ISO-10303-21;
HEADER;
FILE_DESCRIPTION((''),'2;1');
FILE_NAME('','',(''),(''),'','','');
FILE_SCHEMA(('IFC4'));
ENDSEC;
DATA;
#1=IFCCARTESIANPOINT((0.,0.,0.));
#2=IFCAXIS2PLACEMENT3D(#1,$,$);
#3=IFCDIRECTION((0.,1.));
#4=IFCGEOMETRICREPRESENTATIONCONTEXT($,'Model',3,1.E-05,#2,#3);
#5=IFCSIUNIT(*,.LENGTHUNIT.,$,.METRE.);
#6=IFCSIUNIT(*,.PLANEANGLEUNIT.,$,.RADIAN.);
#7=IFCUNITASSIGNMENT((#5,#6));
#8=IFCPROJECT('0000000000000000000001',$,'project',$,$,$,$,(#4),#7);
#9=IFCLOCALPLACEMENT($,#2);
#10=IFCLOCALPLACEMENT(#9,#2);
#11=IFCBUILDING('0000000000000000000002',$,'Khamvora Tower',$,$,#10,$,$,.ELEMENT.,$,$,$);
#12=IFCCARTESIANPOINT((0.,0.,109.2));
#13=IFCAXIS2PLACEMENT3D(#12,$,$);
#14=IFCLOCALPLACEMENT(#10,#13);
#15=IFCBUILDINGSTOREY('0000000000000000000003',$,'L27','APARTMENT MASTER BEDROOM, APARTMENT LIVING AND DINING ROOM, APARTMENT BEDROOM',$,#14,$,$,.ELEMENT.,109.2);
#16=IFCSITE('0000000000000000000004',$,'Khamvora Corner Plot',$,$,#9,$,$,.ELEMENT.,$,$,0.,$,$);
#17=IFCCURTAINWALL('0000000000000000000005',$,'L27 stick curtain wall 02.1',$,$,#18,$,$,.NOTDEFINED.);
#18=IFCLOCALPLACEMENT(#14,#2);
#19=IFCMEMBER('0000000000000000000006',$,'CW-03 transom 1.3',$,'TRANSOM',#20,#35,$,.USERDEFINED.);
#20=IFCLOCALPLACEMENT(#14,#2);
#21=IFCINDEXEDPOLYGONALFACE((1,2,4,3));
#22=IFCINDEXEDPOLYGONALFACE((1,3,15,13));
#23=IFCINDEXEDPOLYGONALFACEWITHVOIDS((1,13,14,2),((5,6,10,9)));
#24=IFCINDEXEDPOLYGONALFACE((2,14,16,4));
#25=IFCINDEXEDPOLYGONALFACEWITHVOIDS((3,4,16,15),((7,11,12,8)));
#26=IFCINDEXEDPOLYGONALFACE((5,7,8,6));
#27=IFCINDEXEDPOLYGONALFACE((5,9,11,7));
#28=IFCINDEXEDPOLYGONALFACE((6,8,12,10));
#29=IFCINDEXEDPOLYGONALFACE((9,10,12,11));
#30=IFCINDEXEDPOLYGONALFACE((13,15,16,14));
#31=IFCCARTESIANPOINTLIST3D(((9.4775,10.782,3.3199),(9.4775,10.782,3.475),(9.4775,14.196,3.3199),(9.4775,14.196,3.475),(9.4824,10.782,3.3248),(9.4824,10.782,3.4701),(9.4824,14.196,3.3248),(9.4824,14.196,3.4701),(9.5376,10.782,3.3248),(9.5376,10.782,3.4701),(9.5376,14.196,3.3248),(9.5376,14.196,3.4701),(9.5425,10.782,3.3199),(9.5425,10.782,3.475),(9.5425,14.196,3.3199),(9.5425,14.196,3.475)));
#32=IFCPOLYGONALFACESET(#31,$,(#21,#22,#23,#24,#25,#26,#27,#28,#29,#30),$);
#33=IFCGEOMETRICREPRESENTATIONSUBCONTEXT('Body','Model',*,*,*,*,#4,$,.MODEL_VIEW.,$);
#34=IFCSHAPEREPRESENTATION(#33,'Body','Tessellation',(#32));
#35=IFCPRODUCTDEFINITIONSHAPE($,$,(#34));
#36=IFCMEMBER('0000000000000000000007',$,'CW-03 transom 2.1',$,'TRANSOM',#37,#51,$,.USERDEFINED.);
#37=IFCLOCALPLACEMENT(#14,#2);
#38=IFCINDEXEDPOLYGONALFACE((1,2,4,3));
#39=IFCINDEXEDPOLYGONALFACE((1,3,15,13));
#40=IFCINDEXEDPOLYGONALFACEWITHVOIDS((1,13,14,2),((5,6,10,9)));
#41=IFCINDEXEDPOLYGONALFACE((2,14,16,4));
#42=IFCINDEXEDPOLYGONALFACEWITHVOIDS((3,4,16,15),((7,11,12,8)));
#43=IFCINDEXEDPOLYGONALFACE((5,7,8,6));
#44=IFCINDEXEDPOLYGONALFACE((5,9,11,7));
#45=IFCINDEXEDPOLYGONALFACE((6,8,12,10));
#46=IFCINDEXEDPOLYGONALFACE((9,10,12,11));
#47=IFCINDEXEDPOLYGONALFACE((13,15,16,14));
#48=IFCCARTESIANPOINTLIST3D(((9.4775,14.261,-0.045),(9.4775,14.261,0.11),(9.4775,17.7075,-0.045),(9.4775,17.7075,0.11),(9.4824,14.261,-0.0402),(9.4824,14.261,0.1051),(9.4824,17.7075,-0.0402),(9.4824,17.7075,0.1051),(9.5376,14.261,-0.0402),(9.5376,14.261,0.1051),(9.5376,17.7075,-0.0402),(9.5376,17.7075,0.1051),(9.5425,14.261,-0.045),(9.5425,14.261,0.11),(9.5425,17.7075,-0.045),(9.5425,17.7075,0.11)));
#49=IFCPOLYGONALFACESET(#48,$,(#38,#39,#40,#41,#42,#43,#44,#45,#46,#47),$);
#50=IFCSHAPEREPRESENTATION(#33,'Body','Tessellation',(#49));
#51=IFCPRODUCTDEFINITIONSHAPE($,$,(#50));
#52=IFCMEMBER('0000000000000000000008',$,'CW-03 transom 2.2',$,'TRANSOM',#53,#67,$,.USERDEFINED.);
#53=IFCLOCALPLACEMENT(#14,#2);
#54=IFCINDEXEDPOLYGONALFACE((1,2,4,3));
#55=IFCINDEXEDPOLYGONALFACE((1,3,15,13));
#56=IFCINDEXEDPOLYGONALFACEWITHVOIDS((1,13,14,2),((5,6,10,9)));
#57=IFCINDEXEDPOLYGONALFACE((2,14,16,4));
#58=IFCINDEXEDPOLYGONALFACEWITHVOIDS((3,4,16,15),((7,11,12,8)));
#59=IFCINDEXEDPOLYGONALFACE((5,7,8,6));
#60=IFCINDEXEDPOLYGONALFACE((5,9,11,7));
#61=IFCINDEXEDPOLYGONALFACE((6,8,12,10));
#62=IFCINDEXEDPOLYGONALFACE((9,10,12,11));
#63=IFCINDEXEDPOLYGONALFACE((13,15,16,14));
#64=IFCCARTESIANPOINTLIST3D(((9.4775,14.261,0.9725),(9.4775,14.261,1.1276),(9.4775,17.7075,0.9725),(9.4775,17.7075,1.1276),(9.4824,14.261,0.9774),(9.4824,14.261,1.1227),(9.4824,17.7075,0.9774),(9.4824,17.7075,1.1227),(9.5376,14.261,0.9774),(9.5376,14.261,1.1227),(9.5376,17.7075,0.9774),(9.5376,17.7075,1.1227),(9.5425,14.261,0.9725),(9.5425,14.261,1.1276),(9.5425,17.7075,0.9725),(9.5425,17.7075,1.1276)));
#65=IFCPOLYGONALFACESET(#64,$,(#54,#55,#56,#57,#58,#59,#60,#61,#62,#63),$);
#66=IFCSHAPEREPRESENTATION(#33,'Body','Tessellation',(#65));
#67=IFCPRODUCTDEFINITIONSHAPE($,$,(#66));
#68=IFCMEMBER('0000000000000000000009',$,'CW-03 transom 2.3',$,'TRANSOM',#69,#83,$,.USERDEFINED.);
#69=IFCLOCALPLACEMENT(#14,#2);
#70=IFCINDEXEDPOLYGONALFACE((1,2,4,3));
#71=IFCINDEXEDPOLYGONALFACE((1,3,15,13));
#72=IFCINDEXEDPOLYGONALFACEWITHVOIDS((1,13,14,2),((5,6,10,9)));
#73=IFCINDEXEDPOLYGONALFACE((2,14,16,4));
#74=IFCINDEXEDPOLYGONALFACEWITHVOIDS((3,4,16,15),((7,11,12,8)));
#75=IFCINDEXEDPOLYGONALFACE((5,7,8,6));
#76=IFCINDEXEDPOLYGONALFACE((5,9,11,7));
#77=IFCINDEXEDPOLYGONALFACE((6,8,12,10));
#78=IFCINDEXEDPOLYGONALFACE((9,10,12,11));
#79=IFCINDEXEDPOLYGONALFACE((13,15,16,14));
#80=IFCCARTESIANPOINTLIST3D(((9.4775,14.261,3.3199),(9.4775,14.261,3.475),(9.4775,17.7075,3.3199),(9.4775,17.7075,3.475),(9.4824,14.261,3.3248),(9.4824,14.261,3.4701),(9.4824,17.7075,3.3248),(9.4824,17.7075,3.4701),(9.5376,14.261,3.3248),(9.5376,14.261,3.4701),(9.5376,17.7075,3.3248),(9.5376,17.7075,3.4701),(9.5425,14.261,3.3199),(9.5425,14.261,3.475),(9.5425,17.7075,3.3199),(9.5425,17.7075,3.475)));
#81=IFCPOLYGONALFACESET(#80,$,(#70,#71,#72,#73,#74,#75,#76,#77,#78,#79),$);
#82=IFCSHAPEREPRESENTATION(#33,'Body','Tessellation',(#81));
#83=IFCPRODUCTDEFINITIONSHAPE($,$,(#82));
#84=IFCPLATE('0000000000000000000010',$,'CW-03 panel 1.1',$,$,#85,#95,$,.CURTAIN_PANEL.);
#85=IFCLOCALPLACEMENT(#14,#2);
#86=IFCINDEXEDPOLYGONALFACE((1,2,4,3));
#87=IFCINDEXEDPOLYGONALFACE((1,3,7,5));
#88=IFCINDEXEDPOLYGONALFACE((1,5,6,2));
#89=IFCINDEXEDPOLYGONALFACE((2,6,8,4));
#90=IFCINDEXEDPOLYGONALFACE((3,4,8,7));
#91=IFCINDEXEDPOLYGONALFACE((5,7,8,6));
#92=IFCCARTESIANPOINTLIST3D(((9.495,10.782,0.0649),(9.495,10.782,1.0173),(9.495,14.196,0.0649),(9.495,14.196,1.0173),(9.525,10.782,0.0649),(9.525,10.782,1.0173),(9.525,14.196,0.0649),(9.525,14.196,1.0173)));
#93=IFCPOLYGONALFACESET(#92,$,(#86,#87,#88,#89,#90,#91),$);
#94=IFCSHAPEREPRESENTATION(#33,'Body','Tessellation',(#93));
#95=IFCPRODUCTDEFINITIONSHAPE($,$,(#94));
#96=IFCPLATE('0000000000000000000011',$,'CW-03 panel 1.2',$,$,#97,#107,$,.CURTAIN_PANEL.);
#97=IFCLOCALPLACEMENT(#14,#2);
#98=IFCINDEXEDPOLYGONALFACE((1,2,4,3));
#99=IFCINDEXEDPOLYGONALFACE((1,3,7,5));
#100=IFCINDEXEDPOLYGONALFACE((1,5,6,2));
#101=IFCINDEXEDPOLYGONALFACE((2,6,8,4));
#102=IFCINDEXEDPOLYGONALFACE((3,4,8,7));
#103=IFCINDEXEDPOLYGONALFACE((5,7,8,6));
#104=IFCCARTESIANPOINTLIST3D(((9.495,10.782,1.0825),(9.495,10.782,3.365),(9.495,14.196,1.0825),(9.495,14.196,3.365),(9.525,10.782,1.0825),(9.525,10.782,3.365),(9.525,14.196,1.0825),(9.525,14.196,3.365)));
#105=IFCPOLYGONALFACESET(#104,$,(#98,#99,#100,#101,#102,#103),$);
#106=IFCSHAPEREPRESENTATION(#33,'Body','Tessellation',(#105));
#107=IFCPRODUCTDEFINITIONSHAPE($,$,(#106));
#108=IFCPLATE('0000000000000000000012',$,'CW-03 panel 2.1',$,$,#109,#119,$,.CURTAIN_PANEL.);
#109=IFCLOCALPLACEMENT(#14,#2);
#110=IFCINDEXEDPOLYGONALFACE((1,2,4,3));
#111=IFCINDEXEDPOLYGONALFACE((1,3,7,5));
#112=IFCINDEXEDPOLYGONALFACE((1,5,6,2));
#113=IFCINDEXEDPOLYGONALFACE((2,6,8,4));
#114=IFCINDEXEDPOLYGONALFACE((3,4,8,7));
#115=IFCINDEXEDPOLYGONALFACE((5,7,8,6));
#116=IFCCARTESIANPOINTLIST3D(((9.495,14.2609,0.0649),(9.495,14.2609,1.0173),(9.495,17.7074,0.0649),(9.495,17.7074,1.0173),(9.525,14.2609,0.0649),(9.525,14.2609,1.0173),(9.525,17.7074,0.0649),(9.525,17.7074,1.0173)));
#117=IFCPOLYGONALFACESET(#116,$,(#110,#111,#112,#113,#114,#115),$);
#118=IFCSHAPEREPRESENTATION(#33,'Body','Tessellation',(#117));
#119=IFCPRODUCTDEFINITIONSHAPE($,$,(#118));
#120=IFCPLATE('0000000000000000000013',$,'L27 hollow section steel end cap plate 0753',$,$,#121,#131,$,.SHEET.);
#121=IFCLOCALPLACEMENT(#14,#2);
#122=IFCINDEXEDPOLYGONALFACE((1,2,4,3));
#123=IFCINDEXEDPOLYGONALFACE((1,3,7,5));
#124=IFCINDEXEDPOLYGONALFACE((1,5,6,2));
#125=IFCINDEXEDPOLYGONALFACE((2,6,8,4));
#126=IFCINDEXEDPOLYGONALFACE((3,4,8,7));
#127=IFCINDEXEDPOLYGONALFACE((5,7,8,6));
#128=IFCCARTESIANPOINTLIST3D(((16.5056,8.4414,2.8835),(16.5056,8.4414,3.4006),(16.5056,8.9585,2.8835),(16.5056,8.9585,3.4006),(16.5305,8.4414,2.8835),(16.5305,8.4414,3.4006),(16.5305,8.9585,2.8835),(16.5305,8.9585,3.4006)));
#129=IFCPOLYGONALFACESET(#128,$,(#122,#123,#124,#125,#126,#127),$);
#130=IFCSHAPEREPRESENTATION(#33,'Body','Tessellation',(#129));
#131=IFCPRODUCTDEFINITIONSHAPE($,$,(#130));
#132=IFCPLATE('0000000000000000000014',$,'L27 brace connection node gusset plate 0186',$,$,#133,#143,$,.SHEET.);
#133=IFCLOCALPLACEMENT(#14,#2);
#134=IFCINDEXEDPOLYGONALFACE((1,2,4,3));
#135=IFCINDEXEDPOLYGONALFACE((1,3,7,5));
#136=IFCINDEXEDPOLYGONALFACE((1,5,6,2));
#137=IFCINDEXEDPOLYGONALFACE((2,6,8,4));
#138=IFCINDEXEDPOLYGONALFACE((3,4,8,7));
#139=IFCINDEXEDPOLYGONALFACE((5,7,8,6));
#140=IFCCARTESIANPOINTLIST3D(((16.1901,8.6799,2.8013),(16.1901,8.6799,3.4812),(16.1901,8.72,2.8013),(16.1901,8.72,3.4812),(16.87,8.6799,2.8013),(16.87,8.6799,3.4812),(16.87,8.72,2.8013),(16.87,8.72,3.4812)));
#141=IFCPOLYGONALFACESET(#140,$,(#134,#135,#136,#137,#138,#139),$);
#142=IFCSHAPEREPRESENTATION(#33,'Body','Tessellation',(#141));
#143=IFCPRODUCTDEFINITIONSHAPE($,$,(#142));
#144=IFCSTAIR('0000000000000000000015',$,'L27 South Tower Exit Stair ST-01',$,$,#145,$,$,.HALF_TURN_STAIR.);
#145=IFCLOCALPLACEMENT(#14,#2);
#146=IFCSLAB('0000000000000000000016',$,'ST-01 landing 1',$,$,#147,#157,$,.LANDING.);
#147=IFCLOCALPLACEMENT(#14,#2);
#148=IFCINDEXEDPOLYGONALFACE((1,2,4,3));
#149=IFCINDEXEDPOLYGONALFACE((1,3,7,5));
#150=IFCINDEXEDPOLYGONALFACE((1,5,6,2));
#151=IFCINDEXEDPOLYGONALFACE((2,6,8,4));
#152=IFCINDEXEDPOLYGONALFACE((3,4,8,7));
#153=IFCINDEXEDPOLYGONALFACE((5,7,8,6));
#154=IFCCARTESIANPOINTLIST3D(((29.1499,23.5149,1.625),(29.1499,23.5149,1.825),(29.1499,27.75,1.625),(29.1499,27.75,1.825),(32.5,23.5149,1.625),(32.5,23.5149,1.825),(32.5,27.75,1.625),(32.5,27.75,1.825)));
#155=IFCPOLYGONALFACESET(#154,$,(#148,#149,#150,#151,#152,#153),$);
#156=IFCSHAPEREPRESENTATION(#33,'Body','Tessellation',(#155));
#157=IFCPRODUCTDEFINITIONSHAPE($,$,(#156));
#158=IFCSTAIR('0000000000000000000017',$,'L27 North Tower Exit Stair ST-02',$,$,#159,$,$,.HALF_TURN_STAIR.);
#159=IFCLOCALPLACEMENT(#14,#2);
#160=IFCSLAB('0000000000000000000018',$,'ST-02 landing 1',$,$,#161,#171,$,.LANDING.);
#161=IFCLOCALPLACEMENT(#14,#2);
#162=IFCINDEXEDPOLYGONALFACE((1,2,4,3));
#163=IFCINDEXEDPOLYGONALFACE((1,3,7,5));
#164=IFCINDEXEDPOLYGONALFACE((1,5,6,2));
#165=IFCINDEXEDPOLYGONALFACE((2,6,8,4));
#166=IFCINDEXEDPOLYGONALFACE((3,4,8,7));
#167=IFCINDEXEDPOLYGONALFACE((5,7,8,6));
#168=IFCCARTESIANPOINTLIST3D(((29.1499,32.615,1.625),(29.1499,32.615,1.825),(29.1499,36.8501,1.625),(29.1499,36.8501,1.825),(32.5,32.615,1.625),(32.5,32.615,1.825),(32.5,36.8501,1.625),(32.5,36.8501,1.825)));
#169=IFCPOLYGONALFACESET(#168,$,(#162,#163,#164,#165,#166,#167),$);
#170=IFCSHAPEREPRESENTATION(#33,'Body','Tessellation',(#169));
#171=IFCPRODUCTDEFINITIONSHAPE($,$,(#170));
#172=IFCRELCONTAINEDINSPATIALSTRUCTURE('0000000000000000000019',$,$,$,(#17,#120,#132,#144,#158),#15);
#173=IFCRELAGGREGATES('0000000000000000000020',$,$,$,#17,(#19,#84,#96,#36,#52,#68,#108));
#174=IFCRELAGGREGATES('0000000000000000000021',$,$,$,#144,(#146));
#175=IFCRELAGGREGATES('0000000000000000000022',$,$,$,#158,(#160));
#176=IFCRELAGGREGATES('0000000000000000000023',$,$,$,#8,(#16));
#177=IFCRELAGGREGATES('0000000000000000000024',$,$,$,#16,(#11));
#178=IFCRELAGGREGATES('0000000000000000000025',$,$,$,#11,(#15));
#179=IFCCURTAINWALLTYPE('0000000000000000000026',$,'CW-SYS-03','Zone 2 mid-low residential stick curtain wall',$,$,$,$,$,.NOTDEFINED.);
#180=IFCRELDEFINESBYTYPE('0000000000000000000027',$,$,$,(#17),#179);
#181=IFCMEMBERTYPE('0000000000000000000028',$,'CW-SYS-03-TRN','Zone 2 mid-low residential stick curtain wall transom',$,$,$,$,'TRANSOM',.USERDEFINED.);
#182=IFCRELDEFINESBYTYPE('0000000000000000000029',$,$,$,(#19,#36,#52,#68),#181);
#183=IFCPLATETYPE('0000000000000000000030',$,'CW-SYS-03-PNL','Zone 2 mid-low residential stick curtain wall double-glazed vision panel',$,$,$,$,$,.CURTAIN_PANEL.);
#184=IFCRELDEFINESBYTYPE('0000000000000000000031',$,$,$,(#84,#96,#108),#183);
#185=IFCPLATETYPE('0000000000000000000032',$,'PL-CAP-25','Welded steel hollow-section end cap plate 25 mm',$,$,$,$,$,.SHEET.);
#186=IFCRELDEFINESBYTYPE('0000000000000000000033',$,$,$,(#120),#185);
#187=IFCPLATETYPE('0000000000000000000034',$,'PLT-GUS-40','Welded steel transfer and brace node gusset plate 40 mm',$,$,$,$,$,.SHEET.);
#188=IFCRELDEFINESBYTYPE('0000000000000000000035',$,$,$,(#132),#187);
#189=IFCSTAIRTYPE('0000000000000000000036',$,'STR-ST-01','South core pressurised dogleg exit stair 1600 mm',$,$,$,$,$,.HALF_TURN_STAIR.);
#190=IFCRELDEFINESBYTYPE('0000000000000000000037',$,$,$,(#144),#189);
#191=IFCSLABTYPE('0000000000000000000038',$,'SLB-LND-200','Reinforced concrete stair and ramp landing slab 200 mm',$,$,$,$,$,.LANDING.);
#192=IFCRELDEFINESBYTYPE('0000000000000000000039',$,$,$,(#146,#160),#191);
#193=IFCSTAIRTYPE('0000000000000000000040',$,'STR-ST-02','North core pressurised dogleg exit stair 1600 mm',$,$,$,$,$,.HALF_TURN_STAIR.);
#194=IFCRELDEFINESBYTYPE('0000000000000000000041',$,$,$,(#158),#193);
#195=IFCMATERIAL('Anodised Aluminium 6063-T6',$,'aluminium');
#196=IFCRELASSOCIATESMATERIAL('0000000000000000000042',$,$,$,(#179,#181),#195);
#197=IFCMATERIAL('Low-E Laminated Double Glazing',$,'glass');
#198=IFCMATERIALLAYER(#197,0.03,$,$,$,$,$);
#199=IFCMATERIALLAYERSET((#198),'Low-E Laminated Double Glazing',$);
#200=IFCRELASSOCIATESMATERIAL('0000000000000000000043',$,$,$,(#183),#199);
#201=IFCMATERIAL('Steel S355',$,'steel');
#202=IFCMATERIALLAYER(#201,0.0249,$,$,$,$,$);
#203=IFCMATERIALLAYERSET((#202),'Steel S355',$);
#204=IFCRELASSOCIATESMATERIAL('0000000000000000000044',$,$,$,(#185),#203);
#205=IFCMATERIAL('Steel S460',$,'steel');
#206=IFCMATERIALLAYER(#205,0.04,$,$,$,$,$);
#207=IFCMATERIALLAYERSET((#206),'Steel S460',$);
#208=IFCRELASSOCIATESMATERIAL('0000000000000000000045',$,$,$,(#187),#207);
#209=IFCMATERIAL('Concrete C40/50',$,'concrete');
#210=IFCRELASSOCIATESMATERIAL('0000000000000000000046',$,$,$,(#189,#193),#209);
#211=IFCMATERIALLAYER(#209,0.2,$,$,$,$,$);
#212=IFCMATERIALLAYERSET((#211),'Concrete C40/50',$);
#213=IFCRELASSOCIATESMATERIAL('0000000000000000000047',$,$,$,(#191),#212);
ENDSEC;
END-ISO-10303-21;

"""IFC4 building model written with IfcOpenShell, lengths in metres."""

from ifc_helpers import new_model, si_unit, direction, frame, origin, origin_2d, place, context, subcontext, project, spatial, polyline, rectangle, hollow_rectangle, outline, extrude, material, layer, layer_set, material_profile, profile_set, type_object, element, aggregate, save


model = new_model("IFC4")

# Units and contexts
model_context = context("Model", 3, precision=1e-05, world=origin(), true_north=direction((0.0, 1.0)))
body_context = subcontext(model_context, "Body", "Model", "MODEL_VIEW")
ifc_project = project(units=[si_unit("LENGTHUNIT", "METRE"), si_unit("PLANEANGLEUNIT", "RADIAN")], contexts=[model_context])

# Site, building, storey
site_placement = place(None, origin())
site = spatial("IfcSite", under=ifc_project, at=site_placement, Name="Khamvora Corner Plot", CompositionType="ELEMENT", RefElevation=0.0)
building_placement = place(site_placement, origin())
building = spatial("IfcBuilding", under=site, at=building_placement, Name="Khamvora Tower", CompositionType="ELEMENT")
storey_placement = place(building_placement, frame((0.0, 0.0, 109.2)))
storey = spatial("IfcBuildingStorey", under=building, at=storey_placement, Name="L27", Description="APARTMENT MASTER BEDROOM, APARTMENT LIVING AND DINING ROOM, APARTMENT BEDROOM", CompositionType="ELEMENT", Elevation=109.2)

# Shared definitions
ifc_material_1 = material(Name="Steel S355", Category="steel")

# Curtain wall, members, plates
ifc_material_2 = material(Name="Anodised Aluminium 6063-T6", Category="aluminium")
curtain_wall_type = type_object("IfcCurtainWallType", Name="CW-SYS-03", Description="Zone 2 mid-low residential stick curtain wall", PredefinedType="NOTDEFINED", material=ifc_material_2)
curtain_wall_placement = place(storey_placement, origin())
curtain_wall = element("IfcCurtainWall", 1, at=curtain_wall_placement, inside=storey, type_object=curtain_wall_type, Name="L27 stick curtain wall 02.1", PredefinedType="NOTDEFINED")
ifc_material_profile_1 = material_profile(ifc_material_2, hollow_rectangle(XDim=0.0649, YDim=0.155, WallThickness=0.0049, at=origin_2d()), Name="TRN65x155x5")
ifc_profile_set_1 = profile_set([ifc_material_profile_1], Name="Anodised Aluminium 6063-T6")
member_type_1 = type_object("IfcMemberType", Name="CW-SYS-03-TRN", Description="Zone 2 mid-low residential stick curtain wall transom", ElementType="TRANSOM", PredefinedType="USERDEFINED", material=ifc_profile_set_1)
member_1_placement = place(storey_placement, frame((9.51, 10.782, 3.3975), z_axis=(0.0, 1.0, 0.0), x_axis=(-1.0, 0.0, 0.0)))
member_1 = element("IfcMember", 2, at=member_1_placement, type_object=member_type_1, Name="CW-03 transom 1.3", ObjectType="TRANSOM", PredefinedType="USERDEFINED", context=body_context, shape_type="SweptSolid", body=[
    extrude(hollow_rectangle(XDim=0.0649, YDim=0.155, WallThickness=0.0049, at=origin_2d()), origin(), (0.0, 0.0, 1.0), 3.4141),
])
member_2_placement = place(storey_placement, frame((9.51, 14.261, 0.0325), z_axis=(0.0, 1.0, 0.0), x_axis=(-1.0, 0.0, 0.0)))
member_2 = element("IfcMember", 3, at=member_2_placement, type_object=member_type_1, Name="CW-03 transom 2.1", ObjectType="TRANSOM", PredefinedType="USERDEFINED", context=body_context, shape_type="SweptSolid", body=[
    extrude(hollow_rectangle(XDim=0.0649, YDim=0.155, WallThickness=0.0049, at=origin_2d()), origin(), (0.0, 0.0, 1.0), 3.4465),
])
member_3_placement = place(storey_placement, frame((9.51, 14.261, 1.05), z_axis=(0.0, 1.0, 0.0), x_axis=(-1.0, 0.0, 0.0)))
member_3 = element("IfcMember", 4, at=member_3_placement, type_object=member_type_1, Name="CW-03 transom 2.2", ObjectType="TRANSOM", PredefinedType="USERDEFINED", context=body_context, shape_type="SweptSolid", body=[
    extrude(hollow_rectangle(XDim=0.0649, YDim=0.155, WallThickness=0.0049, at=origin_2d()), origin(), (0.0, 0.0, 1.0), 3.4465),
])
member_4_placement = place(storey_placement, frame((9.51, 14.261, 3.3975), z_axis=(0.0, 1.0, 0.0), x_axis=(-1.0, 0.0, 0.0)))
member_4 = element("IfcMember", 5, at=member_4_placement, type_object=member_type_1, Name="CW-03 transom 2.3", ObjectType="TRANSOM", PredefinedType="USERDEFINED", context=body_context, shape_type="SweptSolid", body=[
    extrude(hollow_rectangle(XDim=0.0649, YDim=0.155, WallThickness=0.0049, at=origin_2d()), origin(), (0.0, 0.0, 1.0), 3.4465),
])
ifc_material_3 = material(Name="Low-E Laminated Double Glazing", Category="glass")
ifc_layer_1 = layer(ifc_material_3, 0.03)
ifc_layer_set_1 = layer_set([ifc_layer_1], Name="Low-E Laminated Double Glazing")
plate_type_1 = type_object("IfcPlateType", Name="CW-SYS-03-PNL", Description="Zone 2 mid-low residential stick curtain wall double-glazed vision panel", PredefinedType="CURTAIN_PANEL", material=ifc_layer_set_1)
plate_1_placement = place(storey_placement, frame((9.51, 12.489, 0.0649), z_axis=(0.0, 0.0, 1.0), x_axis=(0.0, 1.0, 0.0)))
plate_1 = element("IfcPlate", 6, at=plate_1_placement, type_object=plate_type_1, Name="CW-03 panel 1.1", PredefinedType="CURTAIN_PANEL", context=body_context, shape_type="SweptSolid", body=[
    extrude(rectangle(XDim=3.4141, YDim=0.03, at=origin_2d()), origin(), (0.0, 0.0, 1.0), 0.9524),
])
plate_2_placement = place(storey_placement, frame((9.51, 12.489, 1.0825), z_axis=(0.0, 0.0, 1.0), x_axis=(0.0, 1.0, 0.0)))
plate_2 = element("IfcPlate", 7, at=plate_2_placement, type_object=plate_type_1, Name="CW-03 panel 1.2", PredefinedType="CURTAIN_PANEL", context=body_context, shape_type="SweptSolid", body=[
    extrude(rectangle(XDim=3.4141, YDim=0.03, at=origin_2d()), origin(), (0.0, 0.0, 1.0), 2.2825),
])
plate_3_placement = place(storey_placement, frame((9.51, 15.9841, 0.0649), z_axis=(0.0, 0.0, 1.0), x_axis=(0.0, 1.0, 0.0)))
plate_3 = element("IfcPlate", 8, at=plate_3_placement, type_object=plate_type_1, Name="CW-03 panel 2.1", PredefinedType="CURTAIN_PANEL", context=body_context, shape_type="SweptSolid", body=[
    extrude(rectangle(XDim=3.4465, YDim=0.03, at=origin_2d()), origin(), (0.0, 0.0, 1.0), 0.9524),
])
aggregate(curtain_wall, [member_1, plate_1, plate_2, member_2, member_3, member_4, plate_3])

# Plates
ifc_layer_2 = layer(ifc_material_1, 0.0249)
ifc_layer_set_2 = layer_set([ifc_layer_2], Name="Steel S355")
plate_type_2 = type_object("IfcPlateType", Name="PL-CAP-25", Description="Welded steel hollow-section end cap plate 25 mm", PredefinedType="SHEET", material=ifc_layer_set_2)
plate_4_placement = place(storey_placement, frame((16.5181, 8.7, 2.8835), z_axis=(0.0, 0.0, 1.0), x_axis=(-1.0, 0.0, 0.0)))
element("IfcPlate", 9, at=plate_4_placement, inside=storey, type_object=plate_type_2, Name="L27 hollow section steel end cap plate 0753", PredefinedType="SHEET", context=body_context, shape_type="SweptSolid", body=[
    extrude(rectangle(XDim=0.0249, YDim=0.5171, at=origin_2d()), origin(), (0.0, 0.0, 1.0), 0.5171),
])
ifc_material_4 = material(Name="Steel S460", Category="steel")
ifc_layer_3 = layer(ifc_material_4, 0.04)
ifc_layer_set_3 = layer_set([ifc_layer_3], Name="Steel S460")
plate_type_3 = type_object("IfcPlateType", Name="PLT-GUS-40", Description="Welded steel transfer and brace node gusset plate 40 mm", PredefinedType="SHEET", material=ifc_layer_set_3)
plate_5_placement = place(storey_placement, frame((16.53, 8.7, 2.8013), z_axis=(0.0, 0.0, 1.0), x_axis=(1.0, 0.0, 0.0)))
element("IfcPlate", 10, at=plate_5_placement, inside=storey, type_object=plate_type_3, Name="L27 brace connection node gusset plate 0186", PredefinedType="SHEET", context=body_context, shape_type="SweptSolid", body=[
    extrude(rectangle(XDim=0.6799, YDim=0.04, at=origin_2d()), origin(), (0.0, 0.0, 1.0), 0.6799),
])

# Stairs, slabs
ifc_material_5 = material(Name="Concrete C40/50", Category="concrete")
stair_type_1 = type_object("IfcStairType", Name="STR-ST-01", Description="South core pressurised dogleg exit stair 1600 mm", PredefinedType="HALF_TURN_STAIR", material=ifc_material_5)
stair_1_placement = place(storey_placement, origin())
stair_1 = element("IfcStair", 11, at=stair_1_placement, inside=storey, type_object=stair_type_1, Name="L27 South Tower Exit Stair ST-01", PredefinedType="HALF_TURN_STAIR")
ifc_layer_4 = layer(ifc_material_5, 0.2)
ifc_layer_set_4 = layer_set([ifc_layer_4], Name="Concrete C40/50")
slab_type_1 = type_object("IfcSlabType", Name="SLB-LND-200", Description="Reinforced concrete stair and ramp landing slab 200 mm", PredefinedType="LANDING", material=ifc_layer_set_4)
slab_1_placement = place(storey_placement, frame((0.0, 0.0, 1.625)))
slab_1 = element("IfcSlab", 12, at=slab_1_placement, type_object=slab_type_1, Name="ST-01 landing 1", PredefinedType="LANDING", context=body_context, shape_type="SweptSolid", body=[
    extrude(outline(polyline([(32.5, 23.5149), (32.5, 27.75), (29.1499, 27.75), (29.1499, 23.5149), (32.5, 23.5149)])), origin(), (0.0, 0.0, 1.0), 0.2),
])
aggregate(stair_1, [slab_1])
stair_type_2 = type_object("IfcStairType", Name="STR-ST-02", Description="North core pressurised dogleg exit stair 1600 mm", PredefinedType="HALF_TURN_STAIR", material=ifc_material_5)
stair_2_placement = place(storey_placement, origin())
stair_2 = element("IfcStair", 13, at=stair_2_placement, inside=storey, type_object=stair_type_2, Name="L27 North Tower Exit Stair ST-02", PredefinedType="HALF_TURN_STAIR")
slab_2_placement = place(storey_placement, frame((0.0, 0.0, 1.625)))
slab_2 = element("IfcSlab", 14, at=slab_2_placement, type_object=slab_type_1, Name="ST-02 landing 1", PredefinedType="LANDING", context=body_context, shape_type="SweptSolid", body=[
    extrude(outline(polyline([(32.5, 32.615), (32.5, 36.8501), (29.1499, 36.8501), (29.1499, 32.615), (32.5, 32.615)])), origin(), (0.0, 0.0, 1.0), 0.2),
])
aggregate(stair_2, [slab_2])

save(model, "model.ifc")
